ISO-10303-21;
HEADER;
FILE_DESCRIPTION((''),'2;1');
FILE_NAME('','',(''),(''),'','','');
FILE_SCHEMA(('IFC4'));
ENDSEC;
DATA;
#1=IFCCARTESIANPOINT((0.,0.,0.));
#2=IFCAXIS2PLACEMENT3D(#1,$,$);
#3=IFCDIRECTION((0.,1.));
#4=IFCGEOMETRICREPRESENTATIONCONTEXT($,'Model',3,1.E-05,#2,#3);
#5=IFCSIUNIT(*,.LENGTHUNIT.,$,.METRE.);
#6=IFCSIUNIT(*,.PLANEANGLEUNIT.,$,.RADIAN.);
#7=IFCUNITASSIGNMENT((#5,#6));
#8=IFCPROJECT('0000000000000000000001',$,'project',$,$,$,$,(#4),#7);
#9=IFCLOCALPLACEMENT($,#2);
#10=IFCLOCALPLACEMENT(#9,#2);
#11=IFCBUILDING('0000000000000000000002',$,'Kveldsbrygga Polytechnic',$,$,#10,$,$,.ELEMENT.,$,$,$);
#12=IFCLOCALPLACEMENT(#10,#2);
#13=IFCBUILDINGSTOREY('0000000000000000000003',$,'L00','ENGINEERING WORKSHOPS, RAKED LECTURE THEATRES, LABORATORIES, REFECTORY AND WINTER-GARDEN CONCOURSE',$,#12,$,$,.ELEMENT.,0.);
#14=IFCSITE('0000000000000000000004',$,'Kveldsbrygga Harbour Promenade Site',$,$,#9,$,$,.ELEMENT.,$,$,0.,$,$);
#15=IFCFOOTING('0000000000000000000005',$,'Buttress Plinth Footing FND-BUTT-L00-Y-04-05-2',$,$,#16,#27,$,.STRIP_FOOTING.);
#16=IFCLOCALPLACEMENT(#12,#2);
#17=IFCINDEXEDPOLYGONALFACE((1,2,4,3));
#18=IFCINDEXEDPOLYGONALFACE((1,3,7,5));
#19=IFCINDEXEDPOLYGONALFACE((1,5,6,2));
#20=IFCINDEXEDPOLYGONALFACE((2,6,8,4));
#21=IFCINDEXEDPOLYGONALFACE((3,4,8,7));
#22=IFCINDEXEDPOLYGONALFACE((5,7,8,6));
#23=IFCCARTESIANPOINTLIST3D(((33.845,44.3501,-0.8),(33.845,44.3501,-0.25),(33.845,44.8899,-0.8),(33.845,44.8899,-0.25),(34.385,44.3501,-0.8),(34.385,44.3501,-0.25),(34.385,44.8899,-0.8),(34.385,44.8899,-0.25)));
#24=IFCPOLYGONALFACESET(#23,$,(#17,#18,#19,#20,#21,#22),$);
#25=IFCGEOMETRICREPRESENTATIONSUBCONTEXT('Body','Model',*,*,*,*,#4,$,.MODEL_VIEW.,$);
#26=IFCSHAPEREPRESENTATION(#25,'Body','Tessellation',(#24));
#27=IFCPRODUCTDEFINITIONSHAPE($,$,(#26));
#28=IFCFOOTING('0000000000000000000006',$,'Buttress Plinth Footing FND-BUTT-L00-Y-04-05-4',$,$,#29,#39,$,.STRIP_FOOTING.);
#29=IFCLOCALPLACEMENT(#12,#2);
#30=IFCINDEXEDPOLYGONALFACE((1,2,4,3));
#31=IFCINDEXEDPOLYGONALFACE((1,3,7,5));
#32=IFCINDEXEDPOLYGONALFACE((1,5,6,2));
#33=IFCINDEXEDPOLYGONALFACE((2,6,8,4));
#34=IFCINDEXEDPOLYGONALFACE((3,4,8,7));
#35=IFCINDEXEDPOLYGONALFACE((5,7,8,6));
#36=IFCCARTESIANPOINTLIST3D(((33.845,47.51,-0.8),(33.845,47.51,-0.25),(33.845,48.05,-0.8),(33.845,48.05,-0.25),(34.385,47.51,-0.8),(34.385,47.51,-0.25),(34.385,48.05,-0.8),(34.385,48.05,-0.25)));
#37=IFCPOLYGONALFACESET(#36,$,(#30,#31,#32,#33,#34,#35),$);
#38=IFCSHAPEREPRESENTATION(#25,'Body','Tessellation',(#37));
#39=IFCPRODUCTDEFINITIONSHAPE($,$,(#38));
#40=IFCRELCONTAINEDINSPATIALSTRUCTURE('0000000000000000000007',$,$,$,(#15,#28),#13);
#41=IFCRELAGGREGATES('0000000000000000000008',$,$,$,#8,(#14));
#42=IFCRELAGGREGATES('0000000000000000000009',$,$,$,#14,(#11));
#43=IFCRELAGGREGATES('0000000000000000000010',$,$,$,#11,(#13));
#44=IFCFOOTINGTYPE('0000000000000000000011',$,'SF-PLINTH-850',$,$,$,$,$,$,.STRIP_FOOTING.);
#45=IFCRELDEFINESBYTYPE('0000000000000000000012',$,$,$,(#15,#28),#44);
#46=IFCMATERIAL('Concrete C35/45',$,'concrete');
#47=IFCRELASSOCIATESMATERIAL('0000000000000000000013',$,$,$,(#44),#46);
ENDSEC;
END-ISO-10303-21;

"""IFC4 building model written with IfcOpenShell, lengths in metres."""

from ifc_helpers import new_model, si_unit, direction, frame, origin, place, context, subcontext, project, spatial, polyline, outline, extrude, material, type_object, element, save


model = new_model("IFC4")

# Units and contexts
model_context = context("Model", 3, precision=1e-05, world=origin(), true_north=direction((0.0, 1.0)))
body_context = subcontext(model_context, "Body", "Model", "MODEL_VIEW")
ifc_project = project(units=[si_unit("LENGTHUNIT", "METRE"), si_unit("PLANEANGLEUNIT", "RADIAN")], contexts=[model_context])

# Site, building, storey
site_placement = place(None, origin())
site = spatial("IfcSite", under=ifc_project, at=site_placement, Name="Kveldsbrygga Harbour Promenade Site", CompositionType="ELEMENT", RefElevation=0.0)
building_placement = place(site_placement, origin())
building = spatial("IfcBuilding", under=site, at=building_placement, Name="Kveldsbrygga Polytechnic", CompositionType="ELEMENT")
storey_placement = place(building_placement, origin())
storey = spatial("IfcBuildingStorey", under=building, at=storey_placement, Name="L00", Description="ENGINEERING WORKSHOPS, RAKED LECTURE THEATRES, LABORATORIES, REFECTORY AND WINTER-GARDEN CONCOURSE", CompositionType="ELEMENT", Elevation=0.0)

# Footings
ifc_material = material(Name="Concrete C35/45", Category="concrete")
footing_type = type_object("IfcFootingType", Name="SF-PLINTH-850", PredefinedType="STRIP_FOOTING", material=ifc_material)
footing_1_placement = place(storey_placement, frame((0.0, 0.0, -0.8)))
element("IfcFooting", 1, at=footing_1_placement, inside=storey, type_object=footing_type, Name="Buttress Plinth Footing FND-BUTT-L00-Y-04-05-2", PredefinedType="STRIP_FOOTING", context=body_context, shape_type="SweptSolid", body=[
    extrude(outline(polyline([(33.845, 44.3501), (34.385, 44.3501), (34.385, 44.8899), (33.845, 44.8899), (33.845, 44.3501)])), origin(), (0.0, 0.0, 1.0), 0.55),
])
footing_2_placement = place(storey_placement, frame((0.0, 0.0, -0.8)))
element("IfcFooting", 2, at=footing_2_placement, inside=storey, type_object=footing_type, Name="Buttress Plinth Footing FND-BUTT-L00-Y-04-05-4", PredefinedType="STRIP_FOOTING", context=body_context, shape_type="SweptSolid", body=[
    extrude(outline(polyline([(33.845, 47.51), (34.385, 47.51), (34.385, 48.05), (33.845, 48.05), (33.845, 47.51)])), origin(), (0.0, 0.0, 1.0), 0.55),
])

save(model, "model.ifc")
